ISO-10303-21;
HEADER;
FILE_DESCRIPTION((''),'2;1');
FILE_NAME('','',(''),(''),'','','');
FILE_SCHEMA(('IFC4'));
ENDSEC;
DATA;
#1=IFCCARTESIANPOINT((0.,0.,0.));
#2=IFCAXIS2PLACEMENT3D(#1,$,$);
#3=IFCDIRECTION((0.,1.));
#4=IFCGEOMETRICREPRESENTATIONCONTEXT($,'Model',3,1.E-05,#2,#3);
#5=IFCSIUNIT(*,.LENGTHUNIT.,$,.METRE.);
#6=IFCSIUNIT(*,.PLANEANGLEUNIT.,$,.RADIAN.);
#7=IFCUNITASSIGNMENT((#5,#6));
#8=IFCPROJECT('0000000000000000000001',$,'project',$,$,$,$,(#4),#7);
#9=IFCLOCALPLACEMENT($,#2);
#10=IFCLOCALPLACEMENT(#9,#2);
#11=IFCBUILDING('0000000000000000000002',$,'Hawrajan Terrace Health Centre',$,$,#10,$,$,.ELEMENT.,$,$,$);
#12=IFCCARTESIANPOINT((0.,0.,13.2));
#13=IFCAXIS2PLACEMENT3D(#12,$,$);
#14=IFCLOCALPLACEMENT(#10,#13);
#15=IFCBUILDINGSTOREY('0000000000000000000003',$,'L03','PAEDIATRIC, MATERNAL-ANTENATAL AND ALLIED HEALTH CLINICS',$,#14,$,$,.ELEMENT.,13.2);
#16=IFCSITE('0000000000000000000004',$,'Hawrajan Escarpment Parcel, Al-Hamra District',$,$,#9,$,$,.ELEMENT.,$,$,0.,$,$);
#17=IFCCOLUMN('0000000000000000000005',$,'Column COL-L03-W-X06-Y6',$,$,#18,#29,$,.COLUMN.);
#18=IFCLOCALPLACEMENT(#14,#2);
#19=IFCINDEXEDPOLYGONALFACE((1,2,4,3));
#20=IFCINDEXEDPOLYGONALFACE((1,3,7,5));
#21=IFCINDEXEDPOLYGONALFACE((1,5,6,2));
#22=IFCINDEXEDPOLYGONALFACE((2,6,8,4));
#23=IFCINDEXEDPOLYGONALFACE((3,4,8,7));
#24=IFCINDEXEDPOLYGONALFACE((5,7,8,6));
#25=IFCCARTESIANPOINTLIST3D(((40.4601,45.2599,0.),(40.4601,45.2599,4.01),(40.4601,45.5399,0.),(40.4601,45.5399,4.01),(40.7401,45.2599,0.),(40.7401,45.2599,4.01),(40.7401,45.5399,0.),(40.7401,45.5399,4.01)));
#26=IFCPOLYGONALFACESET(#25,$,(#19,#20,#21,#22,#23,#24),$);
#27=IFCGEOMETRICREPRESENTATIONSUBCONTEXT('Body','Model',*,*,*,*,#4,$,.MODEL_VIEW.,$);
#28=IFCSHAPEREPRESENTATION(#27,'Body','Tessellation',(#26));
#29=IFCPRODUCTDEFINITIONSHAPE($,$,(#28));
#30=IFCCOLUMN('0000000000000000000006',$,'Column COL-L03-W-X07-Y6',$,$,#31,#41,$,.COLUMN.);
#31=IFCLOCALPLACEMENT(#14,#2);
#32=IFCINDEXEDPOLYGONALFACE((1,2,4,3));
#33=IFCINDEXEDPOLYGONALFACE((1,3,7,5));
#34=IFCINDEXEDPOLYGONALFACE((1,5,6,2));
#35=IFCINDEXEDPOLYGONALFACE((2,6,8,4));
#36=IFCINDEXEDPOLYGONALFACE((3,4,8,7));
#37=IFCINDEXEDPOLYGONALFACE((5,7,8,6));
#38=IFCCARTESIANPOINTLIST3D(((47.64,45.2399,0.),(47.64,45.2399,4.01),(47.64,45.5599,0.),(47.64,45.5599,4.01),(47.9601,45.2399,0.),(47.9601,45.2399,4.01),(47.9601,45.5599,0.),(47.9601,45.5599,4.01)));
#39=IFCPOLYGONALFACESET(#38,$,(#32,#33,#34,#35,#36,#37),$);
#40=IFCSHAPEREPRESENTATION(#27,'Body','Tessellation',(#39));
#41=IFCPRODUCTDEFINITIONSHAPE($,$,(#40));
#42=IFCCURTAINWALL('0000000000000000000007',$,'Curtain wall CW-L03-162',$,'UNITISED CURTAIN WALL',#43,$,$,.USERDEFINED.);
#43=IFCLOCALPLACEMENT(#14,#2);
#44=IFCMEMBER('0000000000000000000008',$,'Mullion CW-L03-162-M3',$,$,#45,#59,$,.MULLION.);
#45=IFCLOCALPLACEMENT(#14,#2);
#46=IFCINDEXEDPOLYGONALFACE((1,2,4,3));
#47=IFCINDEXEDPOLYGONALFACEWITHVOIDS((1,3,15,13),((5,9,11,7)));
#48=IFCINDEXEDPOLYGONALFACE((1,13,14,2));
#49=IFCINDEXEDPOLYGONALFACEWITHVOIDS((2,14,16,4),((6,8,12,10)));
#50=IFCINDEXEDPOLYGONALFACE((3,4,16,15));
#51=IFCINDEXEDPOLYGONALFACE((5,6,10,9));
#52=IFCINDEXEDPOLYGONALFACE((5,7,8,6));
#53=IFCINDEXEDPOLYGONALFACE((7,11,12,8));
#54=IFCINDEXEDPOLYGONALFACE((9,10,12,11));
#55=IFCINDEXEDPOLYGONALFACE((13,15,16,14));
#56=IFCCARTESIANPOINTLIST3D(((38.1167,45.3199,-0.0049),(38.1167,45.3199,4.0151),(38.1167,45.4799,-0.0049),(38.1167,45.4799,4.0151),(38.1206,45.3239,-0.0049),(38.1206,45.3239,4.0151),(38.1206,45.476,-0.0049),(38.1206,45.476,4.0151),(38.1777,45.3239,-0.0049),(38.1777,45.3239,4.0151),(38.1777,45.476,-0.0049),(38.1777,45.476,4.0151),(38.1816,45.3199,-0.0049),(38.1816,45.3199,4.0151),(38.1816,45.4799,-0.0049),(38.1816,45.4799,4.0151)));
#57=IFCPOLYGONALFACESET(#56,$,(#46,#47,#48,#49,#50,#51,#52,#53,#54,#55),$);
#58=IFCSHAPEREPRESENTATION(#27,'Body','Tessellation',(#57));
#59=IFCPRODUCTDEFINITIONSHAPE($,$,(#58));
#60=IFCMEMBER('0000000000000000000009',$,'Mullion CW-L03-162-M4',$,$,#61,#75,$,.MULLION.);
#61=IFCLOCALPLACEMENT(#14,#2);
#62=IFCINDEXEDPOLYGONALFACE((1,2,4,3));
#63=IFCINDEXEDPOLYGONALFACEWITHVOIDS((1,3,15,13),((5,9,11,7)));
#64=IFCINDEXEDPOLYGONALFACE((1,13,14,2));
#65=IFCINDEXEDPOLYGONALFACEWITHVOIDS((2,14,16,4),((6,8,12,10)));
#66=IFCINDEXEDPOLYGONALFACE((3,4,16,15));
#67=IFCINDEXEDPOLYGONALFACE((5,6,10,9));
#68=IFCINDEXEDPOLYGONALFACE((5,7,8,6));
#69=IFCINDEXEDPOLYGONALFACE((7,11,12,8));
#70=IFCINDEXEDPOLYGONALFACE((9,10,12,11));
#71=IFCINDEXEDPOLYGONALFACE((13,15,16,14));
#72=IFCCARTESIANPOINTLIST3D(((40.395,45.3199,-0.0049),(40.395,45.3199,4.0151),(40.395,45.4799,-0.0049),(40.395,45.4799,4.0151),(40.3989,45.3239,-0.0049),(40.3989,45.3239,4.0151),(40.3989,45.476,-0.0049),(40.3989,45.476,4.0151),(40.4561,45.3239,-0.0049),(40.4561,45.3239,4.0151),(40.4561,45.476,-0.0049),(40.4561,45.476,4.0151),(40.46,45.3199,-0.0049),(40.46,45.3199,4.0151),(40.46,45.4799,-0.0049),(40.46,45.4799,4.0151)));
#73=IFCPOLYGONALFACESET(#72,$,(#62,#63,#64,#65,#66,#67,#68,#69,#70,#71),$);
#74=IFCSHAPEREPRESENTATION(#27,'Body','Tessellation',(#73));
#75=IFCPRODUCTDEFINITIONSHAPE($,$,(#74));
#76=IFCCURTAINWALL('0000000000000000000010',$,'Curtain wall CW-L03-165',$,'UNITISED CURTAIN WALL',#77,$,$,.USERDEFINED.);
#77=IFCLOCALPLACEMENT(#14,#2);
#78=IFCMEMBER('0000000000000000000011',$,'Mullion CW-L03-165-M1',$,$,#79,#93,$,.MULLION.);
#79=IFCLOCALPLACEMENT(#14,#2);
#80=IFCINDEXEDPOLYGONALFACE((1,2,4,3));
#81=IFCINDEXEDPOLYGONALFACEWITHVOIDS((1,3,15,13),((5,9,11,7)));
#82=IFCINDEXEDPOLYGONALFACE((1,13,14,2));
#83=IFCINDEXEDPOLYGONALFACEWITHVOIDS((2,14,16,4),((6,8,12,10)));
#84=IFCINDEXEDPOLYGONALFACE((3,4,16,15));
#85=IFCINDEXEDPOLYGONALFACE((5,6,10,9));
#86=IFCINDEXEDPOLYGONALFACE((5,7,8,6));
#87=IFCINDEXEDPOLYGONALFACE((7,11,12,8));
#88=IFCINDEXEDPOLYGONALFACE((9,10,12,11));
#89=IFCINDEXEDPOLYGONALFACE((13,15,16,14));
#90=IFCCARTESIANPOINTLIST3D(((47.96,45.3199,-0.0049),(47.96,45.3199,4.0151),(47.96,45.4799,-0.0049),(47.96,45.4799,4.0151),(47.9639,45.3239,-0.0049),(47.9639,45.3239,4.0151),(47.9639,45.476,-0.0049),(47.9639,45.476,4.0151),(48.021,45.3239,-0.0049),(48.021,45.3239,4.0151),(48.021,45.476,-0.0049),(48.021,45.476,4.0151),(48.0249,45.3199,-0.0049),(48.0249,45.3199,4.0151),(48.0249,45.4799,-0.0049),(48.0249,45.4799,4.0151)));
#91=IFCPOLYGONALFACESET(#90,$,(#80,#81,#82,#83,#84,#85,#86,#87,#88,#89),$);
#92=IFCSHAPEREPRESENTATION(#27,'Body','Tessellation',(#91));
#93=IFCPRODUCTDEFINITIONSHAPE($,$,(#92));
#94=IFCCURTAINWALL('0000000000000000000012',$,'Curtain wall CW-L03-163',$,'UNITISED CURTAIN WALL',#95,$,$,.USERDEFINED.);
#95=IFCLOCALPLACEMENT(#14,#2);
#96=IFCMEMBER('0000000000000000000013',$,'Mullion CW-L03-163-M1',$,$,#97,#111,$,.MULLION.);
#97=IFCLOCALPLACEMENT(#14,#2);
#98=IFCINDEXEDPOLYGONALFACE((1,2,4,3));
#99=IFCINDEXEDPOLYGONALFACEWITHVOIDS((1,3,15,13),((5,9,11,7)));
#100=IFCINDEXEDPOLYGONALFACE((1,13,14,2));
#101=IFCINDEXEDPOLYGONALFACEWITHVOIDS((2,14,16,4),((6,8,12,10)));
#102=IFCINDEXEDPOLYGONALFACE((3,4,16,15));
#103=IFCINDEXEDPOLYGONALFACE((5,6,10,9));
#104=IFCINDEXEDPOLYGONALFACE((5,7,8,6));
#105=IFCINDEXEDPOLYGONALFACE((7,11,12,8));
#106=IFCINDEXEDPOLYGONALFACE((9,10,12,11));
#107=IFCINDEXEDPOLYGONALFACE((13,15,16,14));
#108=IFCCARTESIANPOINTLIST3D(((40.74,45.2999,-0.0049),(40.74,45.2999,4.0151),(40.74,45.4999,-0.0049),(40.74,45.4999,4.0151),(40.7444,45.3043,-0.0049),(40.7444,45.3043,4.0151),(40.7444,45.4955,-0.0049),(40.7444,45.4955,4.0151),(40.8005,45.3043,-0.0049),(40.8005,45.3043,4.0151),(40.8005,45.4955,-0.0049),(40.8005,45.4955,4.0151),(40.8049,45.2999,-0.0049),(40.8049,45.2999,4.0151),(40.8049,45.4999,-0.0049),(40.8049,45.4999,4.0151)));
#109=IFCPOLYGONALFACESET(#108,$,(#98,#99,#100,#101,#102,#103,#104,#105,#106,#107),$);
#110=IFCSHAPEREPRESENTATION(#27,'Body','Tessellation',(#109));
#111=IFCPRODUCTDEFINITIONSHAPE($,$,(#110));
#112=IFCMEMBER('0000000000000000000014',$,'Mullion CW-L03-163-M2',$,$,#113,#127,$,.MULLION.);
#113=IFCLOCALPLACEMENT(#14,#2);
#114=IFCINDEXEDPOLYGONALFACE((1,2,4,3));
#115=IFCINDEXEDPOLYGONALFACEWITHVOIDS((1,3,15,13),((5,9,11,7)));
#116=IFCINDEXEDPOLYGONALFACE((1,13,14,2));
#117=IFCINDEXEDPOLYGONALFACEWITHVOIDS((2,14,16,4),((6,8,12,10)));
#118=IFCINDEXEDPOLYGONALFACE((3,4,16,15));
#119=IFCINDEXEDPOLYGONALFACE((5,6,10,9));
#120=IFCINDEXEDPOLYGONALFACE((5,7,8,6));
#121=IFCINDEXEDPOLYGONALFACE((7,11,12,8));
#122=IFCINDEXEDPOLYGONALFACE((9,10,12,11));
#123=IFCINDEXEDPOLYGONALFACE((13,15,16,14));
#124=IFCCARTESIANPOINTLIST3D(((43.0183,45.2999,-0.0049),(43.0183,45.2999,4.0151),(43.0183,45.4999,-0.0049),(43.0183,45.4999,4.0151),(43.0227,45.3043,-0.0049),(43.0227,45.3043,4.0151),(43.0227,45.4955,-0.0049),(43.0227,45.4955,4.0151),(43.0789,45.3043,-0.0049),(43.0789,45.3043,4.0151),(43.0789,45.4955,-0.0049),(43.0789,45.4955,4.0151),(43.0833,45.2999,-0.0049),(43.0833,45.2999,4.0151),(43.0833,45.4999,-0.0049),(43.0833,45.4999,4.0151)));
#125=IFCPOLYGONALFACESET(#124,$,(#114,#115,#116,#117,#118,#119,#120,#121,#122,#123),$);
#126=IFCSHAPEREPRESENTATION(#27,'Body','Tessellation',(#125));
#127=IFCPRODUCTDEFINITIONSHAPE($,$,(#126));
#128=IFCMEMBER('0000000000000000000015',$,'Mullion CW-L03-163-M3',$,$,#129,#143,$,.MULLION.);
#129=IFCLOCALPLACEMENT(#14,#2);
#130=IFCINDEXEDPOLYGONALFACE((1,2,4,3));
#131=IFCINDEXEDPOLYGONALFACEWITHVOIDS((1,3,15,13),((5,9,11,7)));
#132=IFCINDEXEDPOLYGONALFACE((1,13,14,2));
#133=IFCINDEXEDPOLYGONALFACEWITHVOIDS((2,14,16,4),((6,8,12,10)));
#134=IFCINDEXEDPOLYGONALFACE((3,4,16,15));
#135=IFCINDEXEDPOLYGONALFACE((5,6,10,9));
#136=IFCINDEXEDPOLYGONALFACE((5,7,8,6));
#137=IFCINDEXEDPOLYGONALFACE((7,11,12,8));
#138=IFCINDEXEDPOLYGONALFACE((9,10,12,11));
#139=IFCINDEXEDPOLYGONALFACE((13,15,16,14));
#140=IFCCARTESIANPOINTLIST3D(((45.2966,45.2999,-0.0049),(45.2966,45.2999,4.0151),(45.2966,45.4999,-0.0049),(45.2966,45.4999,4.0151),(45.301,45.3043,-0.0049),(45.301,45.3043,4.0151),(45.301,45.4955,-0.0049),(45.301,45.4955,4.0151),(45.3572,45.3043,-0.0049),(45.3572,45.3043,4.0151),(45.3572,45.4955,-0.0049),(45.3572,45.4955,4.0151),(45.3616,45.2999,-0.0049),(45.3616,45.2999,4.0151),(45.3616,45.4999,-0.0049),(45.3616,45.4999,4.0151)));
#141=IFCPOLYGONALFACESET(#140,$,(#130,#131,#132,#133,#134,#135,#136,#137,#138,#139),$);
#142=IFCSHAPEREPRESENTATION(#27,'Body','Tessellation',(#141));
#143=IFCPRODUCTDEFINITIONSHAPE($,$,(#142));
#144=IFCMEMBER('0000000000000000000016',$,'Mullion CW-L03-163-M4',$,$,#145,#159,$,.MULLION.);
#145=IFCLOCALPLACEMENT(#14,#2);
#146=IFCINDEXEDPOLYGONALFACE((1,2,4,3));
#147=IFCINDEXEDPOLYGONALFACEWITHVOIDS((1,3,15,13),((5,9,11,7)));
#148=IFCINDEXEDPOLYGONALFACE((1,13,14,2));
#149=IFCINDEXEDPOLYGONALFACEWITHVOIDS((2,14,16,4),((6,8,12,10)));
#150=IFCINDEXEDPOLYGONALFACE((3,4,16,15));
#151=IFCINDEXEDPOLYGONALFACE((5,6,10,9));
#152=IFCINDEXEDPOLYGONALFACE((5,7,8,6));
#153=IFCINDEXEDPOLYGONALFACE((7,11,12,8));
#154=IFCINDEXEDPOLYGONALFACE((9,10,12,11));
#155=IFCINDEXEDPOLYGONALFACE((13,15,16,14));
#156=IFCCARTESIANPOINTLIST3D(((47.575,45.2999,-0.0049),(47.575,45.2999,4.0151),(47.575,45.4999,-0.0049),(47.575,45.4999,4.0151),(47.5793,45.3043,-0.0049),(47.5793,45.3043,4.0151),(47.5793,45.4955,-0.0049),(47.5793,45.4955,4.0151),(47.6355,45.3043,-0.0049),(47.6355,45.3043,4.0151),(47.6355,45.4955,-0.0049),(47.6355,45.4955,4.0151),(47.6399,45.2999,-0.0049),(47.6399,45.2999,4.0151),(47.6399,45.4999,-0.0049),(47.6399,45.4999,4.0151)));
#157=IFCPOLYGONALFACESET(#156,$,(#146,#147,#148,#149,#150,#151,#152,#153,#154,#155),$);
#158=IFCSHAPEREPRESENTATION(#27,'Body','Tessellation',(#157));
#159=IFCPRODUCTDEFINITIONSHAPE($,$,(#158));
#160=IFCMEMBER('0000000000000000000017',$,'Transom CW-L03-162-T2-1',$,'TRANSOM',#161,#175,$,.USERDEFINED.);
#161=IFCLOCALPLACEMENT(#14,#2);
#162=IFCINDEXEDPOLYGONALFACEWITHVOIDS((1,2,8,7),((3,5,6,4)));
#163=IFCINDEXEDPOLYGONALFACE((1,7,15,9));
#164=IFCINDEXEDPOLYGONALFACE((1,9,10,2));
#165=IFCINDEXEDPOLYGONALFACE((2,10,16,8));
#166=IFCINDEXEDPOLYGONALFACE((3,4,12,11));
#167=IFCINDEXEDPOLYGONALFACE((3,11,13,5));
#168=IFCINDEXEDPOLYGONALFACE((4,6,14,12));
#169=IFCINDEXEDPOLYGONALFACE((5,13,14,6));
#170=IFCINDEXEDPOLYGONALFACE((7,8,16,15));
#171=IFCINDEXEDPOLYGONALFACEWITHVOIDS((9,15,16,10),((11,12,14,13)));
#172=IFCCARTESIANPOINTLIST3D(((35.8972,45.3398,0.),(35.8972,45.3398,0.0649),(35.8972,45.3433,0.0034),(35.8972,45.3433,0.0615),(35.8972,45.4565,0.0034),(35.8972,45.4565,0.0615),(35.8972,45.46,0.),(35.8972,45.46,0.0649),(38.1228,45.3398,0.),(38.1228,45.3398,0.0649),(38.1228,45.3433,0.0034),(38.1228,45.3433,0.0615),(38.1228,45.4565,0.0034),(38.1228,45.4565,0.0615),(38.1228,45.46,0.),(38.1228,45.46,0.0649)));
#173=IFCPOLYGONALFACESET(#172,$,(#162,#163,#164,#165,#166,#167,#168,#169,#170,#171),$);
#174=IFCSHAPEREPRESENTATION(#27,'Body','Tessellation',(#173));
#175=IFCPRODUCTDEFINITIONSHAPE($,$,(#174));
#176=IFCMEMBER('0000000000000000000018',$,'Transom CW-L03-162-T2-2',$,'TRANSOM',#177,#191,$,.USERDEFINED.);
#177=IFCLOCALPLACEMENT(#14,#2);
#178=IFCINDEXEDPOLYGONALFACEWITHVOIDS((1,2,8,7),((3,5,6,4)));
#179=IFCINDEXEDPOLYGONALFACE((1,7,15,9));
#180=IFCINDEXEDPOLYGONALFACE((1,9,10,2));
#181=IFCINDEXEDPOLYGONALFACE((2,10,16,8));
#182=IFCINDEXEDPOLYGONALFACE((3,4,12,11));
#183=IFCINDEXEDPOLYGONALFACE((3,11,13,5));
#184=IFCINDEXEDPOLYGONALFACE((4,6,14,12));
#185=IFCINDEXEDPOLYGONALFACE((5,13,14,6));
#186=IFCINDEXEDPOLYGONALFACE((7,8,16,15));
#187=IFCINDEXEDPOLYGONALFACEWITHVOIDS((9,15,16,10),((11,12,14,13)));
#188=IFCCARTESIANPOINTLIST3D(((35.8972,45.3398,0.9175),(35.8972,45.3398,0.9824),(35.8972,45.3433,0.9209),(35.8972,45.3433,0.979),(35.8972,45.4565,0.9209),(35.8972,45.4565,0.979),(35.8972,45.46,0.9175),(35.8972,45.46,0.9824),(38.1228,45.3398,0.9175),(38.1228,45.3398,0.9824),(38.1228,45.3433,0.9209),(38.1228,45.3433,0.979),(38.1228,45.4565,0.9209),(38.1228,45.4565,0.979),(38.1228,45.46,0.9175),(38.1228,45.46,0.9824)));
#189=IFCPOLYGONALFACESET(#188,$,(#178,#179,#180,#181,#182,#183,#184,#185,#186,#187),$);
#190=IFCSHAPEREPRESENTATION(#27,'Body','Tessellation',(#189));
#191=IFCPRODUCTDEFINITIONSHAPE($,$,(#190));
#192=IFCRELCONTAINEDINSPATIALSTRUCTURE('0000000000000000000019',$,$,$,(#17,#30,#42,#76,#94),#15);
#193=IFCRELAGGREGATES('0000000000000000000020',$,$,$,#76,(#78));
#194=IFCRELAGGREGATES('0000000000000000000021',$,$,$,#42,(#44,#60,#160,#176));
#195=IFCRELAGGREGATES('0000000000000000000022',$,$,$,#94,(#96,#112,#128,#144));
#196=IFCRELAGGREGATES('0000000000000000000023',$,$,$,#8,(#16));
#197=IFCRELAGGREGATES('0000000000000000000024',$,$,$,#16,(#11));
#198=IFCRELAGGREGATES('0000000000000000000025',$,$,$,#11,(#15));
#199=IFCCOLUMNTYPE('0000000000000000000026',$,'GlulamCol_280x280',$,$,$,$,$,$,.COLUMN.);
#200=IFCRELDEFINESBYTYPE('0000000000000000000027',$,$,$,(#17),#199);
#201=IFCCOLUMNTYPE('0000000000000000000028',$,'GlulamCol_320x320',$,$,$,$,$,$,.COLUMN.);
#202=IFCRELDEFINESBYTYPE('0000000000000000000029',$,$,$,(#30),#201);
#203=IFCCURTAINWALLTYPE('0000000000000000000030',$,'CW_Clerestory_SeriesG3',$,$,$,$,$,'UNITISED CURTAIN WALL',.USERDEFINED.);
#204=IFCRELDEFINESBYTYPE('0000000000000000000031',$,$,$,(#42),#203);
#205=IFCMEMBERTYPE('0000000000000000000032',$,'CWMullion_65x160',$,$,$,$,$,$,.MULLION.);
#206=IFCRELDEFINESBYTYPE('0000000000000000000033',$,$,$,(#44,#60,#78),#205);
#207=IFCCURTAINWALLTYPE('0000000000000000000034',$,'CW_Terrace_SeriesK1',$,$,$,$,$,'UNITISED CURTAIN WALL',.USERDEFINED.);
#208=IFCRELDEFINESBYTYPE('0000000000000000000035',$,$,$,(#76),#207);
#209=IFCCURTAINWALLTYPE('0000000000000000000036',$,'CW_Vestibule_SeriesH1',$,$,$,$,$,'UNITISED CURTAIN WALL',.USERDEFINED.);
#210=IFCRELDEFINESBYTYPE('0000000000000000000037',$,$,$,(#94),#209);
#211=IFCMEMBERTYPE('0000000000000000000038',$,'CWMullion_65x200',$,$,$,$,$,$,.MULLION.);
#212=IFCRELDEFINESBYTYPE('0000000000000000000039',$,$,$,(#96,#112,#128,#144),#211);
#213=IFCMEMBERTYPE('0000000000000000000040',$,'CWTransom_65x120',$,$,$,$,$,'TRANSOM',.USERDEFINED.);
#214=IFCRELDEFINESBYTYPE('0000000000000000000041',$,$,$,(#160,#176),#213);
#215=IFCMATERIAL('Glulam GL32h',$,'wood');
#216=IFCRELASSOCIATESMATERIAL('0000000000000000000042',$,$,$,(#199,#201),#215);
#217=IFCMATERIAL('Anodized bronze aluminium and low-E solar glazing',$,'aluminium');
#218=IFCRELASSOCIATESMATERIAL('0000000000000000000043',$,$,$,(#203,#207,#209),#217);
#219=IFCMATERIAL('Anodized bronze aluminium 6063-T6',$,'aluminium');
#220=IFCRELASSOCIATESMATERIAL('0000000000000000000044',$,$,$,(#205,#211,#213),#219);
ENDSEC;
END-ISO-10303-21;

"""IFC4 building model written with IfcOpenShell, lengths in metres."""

from ifc_helpers import new_model, si_unit, direction, frame, origin, origin_2d, place, context, subcontext, project, spatial, rectangle, hollow_rectangle, extrude, material, material_profile, profile_set, type_object, element, aggregate, save


model = new_model("IFC4")

# Units and contexts
model_context = context("Model", 3, precision=1e-05, world=origin(), true_north=direction((0.0, 1.0)))
body_context = subcontext(model_context, "Body", "Model", "MODEL_VIEW")
ifc_project = project(units=[si_unit("LENGTHUNIT", "METRE"), si_unit("PLANEANGLEUNIT", "RADIAN")], contexts=[model_context])

# Site, building, storey
site_placement = place(None, origin())
site = spatial("IfcSite", under=ifc_project, at=site_placement, Name="Hawrajan Escarpment Parcel, Al-Hamra District", CompositionType="ELEMENT", RefElevation=0.0)
building_placement = place(site_placement, origin())
building = spatial("IfcBuilding", under=site, at=building_placement, Name="Hawrajan Terrace Health Centre", CompositionType="ELEMENT")
storey_placement = place(building_placement, frame((0.0, 0.0, 13.2)))
storey = spatial("IfcBuildingStorey", under=building, at=storey_placement, Name="L03", Description="PAEDIATRIC, MATERNAL-ANTENATAL AND ALLIED HEALTH CLINICS", CompositionType="ELEMENT", Elevation=13.2)

# Columns
ifc_material_1 = material(Name="Glulam GL32h", Category="wood")
ifc_material_profile_1 = material_profile(ifc_material_1, rectangle(XDim=0.28, YDim=0.28, at=origin_2d()), Name="GL 280x280")
ifc_profile_set_1 = profile_set([ifc_material_profile_1], Name="Glulam GL32h")
column_type_1 = type_object("IfcColumnType", Name="GlulamCol_280x280", PredefinedType="COLUMN", material=ifc_profile_set_1)
column_1_placement = place(storey_placement, frame((40.6001, 45.3999, 0.0), z_axis=(0.0, 0.0, 1.0), x_axis=(1.0, 0.0, 0.0)))
element("IfcColumn", 1, at=column_1_placement, inside=storey, type_object=column_type_1, Name="Column COL-L03-W-X06-Y6", PredefinedType="COLUMN", context=body_context, shape_type="SweptSolid", body=[
    extrude(rectangle(XDim=0.28, YDim=0.28, at=origin_2d()), origin(), (0.0, 0.0, 1.0), 4.01),
])
ifc_material_profile_2 = material_profile(ifc_material_1, rectangle(XDim=0.3201, YDim=0.3201, at=origin_2d()), Name="GL 320x320")
ifc_profile_set_2 = profile_set([ifc_material_profile_2], Name="Glulam GL32h")
column_type_2 = type_object("IfcColumnType", Name="GlulamCol_320x320", PredefinedType="COLUMN", material=ifc_profile_set_2)
column_2_placement = place(storey_placement, frame((47.8, 45.3999, 0.0), z_axis=(0.0, 0.0, 1.0), x_axis=(1.0, 0.0, 0.0)))
element("IfcColumn", 2, at=column_2_placement, inside=storey, type_object=column_type_2, Name="Column COL-L03-W-X07-Y6", PredefinedType="COLUMN", context=body_context, shape_type="SweptSolid", body=[
    extrude(rectangle(XDim=0.3201, YDim=0.3201, at=origin_2d()), origin(), (0.0, 0.0, 1.0), 4.01),
])

# Curtain wall, members
ifc_material_2 = material(Name="Anodized bronze aluminium and low-E solar glazing", Category="aluminium")
curtain_wall_type_1 = type_object("IfcCurtainWallType", Name="CW_Clerestory_SeriesG3", ElementType="UNITISED CURTAIN WALL", PredefinedType="USERDEFINED", material=ifc_material_2)
curtain_wall_1_placement = place(storey_placement, origin())
curtain_wall_1 = element("IfcCurtainWall", 3, at=curtain_wall_1_placement, inside=storey, type_object=curtain_wall_type_1, Name="Curtain wall CW-L03-162", ObjectType="UNITISED CURTAIN WALL", PredefinedType="USERDEFINED")
ifc_material_3 = material(Name="Anodized bronze aluminium 6063-T6", Category="aluminium")
ifc_material_profile_3 = material_profile(ifc_material_3, hollow_rectangle(XDim=0.0649, YDim=0.1599, WallThickness=0.0039, at=origin_2d()), Name="CW MUL 65x160")
ifc_profile_set_3 = profile_set([ifc_material_profile_3], Name="Anodized bronze aluminium 6063-T6")
member_type_1 = type_object("IfcMemberType", Name="CWMullion_65x160", PredefinedType="MULLION", material=ifc_profile_set_3)
member_1_placement = place(storey_placement, frame((38.1492, 45.3999, -0.0049), z_axis=(0.0, 0.0, 1.0), x_axis=(1.0, 0.0, 0.0)))
member_1 = element("IfcMember", 4, at=member_1_placement, type_object=member_type_1, Name="Mullion CW-L03-162-M3", PredefinedType="MULLION", context=body_context, shape_type="SweptSolid", body=[
    extrude(hollow_rectangle(XDim=0.0649, YDim=0.1599, WallThickness=0.0039, at=origin_2d()), origin(), (0.0, 0.0, 1.0), 4.02),
])
member_2_placement = place(storey_placement, frame((40.4275, 45.3999, -0.0049), z_axis=(0.0, 0.0, 1.0), x_axis=(1.0, 0.0, 0.0)))
member_2 = element("IfcMember", 5, at=member_2_placement, type_object=member_type_1, Name="Mullion CW-L03-162-M4", PredefinedType="MULLION", context=body_context, shape_type="SweptSolid", body=[
    extrude(hollow_rectangle(XDim=0.0649, YDim=0.1599, WallThickness=0.0039, at=origin_2d()), origin(), (0.0, 0.0, 1.0), 4.02),
])

# Curtain wall, member
curtain_wall_type_2 = type_object("IfcCurtainWallType", Name="CW_Terrace_SeriesK1", ElementType="UNITISED CURTAIN WALL", PredefinedType="USERDEFINED", material=ifc_material_2)
curtain_wall_2_placement = place(storey_placement, origin())
curtain_wall_2 = element("IfcCurtainWall", 6, at=curtain_wall_2_placement, inside=storey, type_object=curtain_wall_type_2, Name="Curtain wall CW-L03-165", ObjectType="UNITISED CURTAIN WALL", PredefinedType="USERDEFINED")
member_3_placement = place(storey_placement, frame((47.9924, 45.3999, -0.0049), z_axis=(0.0, 0.0, 1.0), x_axis=(1.0, 0.0, 0.0)))
member_3 = element("IfcMember", 7, at=member_3_placement, type_object=member_type_1, Name="Mullion CW-L03-165-M1", PredefinedType="MULLION", context=body_context, shape_type="SweptSolid", body=[
    extrude(hollow_rectangle(XDim=0.0649, YDim=0.1599, WallThickness=0.0039, at=origin_2d()), origin(), (0.0, 0.0, 1.0), 4.02),
])
aggregate(curtain_wall_2, [member_3])

# Curtain wall, members
curtain_wall_type_3 = type_object("IfcCurtainWallType", Name="CW_Vestibule_SeriesH1", ElementType="UNITISED CURTAIN WALL", PredefinedType="USERDEFINED", material=ifc_material_2)
curtain_wall_3_placement = place(storey_placement, origin())
curtain_wall_3 = element("IfcCurtainWall", 8, at=curtain_wall_3_placement, inside=storey, type_object=curtain_wall_type_3, Name="Curtain wall CW-L03-163", ObjectType="UNITISED CURTAIN WALL", PredefinedType="USERDEFINED")
ifc_material_profile_4 = material_profile(ifc_material_3, hollow_rectangle(XDim=0.0649, YDim=0.2, WallThickness=0.0044, at=origin_2d()), Name="CW MUL 65x200")
ifc_profile_set_4 = profile_set([ifc_material_profile_4], Name="Anodized bronze aluminium 6063-T6")
member_type_2 = type_object("IfcMemberType", Name="CWMullion_65x200", PredefinedType="MULLION", material=ifc_profile_set_4)
member_4_placement = place(storey_placement, frame((40.7725, 45.3999, -0.0049), z_axis=(0.0, 0.0, 1.0), x_axis=(1.0, 0.0, 0.0)))
member_4 = element("IfcMember", 9, at=member_4_placement, type_object=member_type_2, Name="Mullion CW-L03-163-M1", PredefinedType="MULLION", context=body_context, shape_type="SweptSolid", body=[
    extrude(hollow_rectangle(XDim=0.0649, YDim=0.2, WallThickness=0.0044, at=origin_2d()), origin(), (0.0, 0.0, 1.0), 4.02),
])
member_5_placement = place(storey_placement, frame((43.0508, 45.3999, -0.0049), z_axis=(0.0, 0.0, 1.0), x_axis=(1.0, 0.0, 0.0)))
member_5 = element("IfcMember", 10, at=member_5_placement, type_object=member_type_2, Name="Mullion CW-L03-163-M2", PredefinedType="MULLION", context=body_context, shape_type="SweptSolid", body=[
    extrude(hollow_rectangle(XDim=0.0649, YDim=0.2, WallThickness=0.0044, at=origin_2d()), origin(), (0.0, 0.0, 1.0), 4.02),
])
member_6_placement = place(storey_placement, frame((45.3291, 45.3999, -0.0049), z_axis=(0.0, 0.0, 1.0), x_axis=(1.0, 0.0, 0.0)))
member_6 = element("IfcMember", 11, at=member_6_placement, type_object=member_type_2, Name="Mullion CW-L03-163-M3", PredefinedType="MULLION", context=body_context, shape_type="SweptSolid", body=[
    extrude(hollow_rectangle(XDim=0.0649, YDim=0.2, WallThickness=0.0044, at=origin_2d()), origin(), (0.0, 0.0, 1.0), 4.02),
])
member_7_placement = place(storey_placement, frame((47.6074, 45.3999, -0.0049), z_axis=(0.0, 0.0, 1.0), x_axis=(1.0, 0.0, 0.0)))
member_7 = element("IfcMember", 12, at=member_7_placement, type_object=member_type_2, Name="Mullion CW-L03-163-M4", PredefinedType="MULLION", context=body_context, shape_type="SweptSolid", body=[
    extrude(hollow_rectangle(XDim=0.0649, YDim=0.2, WallThickness=0.0044, at=origin_2d()), origin(), (0.0, 0.0, 1.0), 4.02),
])

# Members
ifc_material_profile_5 = material_profile(ifc_material_3, hollow_rectangle(XDim=0.0649, YDim=0.1201, WallThickness=0.0034, at=origin_2d()), Name="CW TRN 65x120")
ifc_profile_set_5 = profile_set([ifc_material_profile_5], Name="Anodized bronze aluminium 6063-T6")
member_type_3 = type_object("IfcMemberType", Name="CWTransom_65x120", ElementType="TRANSOM", PredefinedType="USERDEFINED", material=ifc_profile_set_5)
member_8_placement = place(storey_placement, frame((35.8972, 45.3999, 0.0325), z_axis=(1.0, 0.0, 0.0), x_axis=(0.0, 0.0, 1.0)))
member_8 = element("IfcMember", 13, at=member_8_placement, type_object=member_type_3, Name="Transom CW-L03-162-T2-1", ObjectType="TRANSOM", PredefinedType="USERDEFINED", context=body_context, shape_type="SweptSolid", body=[
    extrude(hollow_rectangle(XDim=0.0649, YDim=0.1201, WallThickness=0.0034, at=origin_2d()), origin(), (0.0, 0.0, 1.0), 2.2256),
])
member_9_placement = place(storey_placement, frame((35.8972, 45.3999, 0.95), z_axis=(1.0, 0.0, 0.0), x_axis=(0.0, 0.0, 1.0)))
member_9 = element("IfcMember", 14, at=member_9_placement, type_object=member_type_3, Name="Transom CW-L03-162-T2-2", ObjectType="TRANSOM", PredefinedType="USERDEFINED", context=body_context, shape_type="SweptSolid", body=[
    extrude(hollow_rectangle(XDim=0.0649, YDim=0.1201, WallThickness=0.0034, at=origin_2d()), origin(), (0.0, 0.0, 1.0), 2.2256),
])

aggregate(curtain_wall_1, [member_1, member_2, member_8, member_9])
aggregate(curtain_wall_3, [member_4, member_5, member_6, member_7])

save(model, "model.ifc")
